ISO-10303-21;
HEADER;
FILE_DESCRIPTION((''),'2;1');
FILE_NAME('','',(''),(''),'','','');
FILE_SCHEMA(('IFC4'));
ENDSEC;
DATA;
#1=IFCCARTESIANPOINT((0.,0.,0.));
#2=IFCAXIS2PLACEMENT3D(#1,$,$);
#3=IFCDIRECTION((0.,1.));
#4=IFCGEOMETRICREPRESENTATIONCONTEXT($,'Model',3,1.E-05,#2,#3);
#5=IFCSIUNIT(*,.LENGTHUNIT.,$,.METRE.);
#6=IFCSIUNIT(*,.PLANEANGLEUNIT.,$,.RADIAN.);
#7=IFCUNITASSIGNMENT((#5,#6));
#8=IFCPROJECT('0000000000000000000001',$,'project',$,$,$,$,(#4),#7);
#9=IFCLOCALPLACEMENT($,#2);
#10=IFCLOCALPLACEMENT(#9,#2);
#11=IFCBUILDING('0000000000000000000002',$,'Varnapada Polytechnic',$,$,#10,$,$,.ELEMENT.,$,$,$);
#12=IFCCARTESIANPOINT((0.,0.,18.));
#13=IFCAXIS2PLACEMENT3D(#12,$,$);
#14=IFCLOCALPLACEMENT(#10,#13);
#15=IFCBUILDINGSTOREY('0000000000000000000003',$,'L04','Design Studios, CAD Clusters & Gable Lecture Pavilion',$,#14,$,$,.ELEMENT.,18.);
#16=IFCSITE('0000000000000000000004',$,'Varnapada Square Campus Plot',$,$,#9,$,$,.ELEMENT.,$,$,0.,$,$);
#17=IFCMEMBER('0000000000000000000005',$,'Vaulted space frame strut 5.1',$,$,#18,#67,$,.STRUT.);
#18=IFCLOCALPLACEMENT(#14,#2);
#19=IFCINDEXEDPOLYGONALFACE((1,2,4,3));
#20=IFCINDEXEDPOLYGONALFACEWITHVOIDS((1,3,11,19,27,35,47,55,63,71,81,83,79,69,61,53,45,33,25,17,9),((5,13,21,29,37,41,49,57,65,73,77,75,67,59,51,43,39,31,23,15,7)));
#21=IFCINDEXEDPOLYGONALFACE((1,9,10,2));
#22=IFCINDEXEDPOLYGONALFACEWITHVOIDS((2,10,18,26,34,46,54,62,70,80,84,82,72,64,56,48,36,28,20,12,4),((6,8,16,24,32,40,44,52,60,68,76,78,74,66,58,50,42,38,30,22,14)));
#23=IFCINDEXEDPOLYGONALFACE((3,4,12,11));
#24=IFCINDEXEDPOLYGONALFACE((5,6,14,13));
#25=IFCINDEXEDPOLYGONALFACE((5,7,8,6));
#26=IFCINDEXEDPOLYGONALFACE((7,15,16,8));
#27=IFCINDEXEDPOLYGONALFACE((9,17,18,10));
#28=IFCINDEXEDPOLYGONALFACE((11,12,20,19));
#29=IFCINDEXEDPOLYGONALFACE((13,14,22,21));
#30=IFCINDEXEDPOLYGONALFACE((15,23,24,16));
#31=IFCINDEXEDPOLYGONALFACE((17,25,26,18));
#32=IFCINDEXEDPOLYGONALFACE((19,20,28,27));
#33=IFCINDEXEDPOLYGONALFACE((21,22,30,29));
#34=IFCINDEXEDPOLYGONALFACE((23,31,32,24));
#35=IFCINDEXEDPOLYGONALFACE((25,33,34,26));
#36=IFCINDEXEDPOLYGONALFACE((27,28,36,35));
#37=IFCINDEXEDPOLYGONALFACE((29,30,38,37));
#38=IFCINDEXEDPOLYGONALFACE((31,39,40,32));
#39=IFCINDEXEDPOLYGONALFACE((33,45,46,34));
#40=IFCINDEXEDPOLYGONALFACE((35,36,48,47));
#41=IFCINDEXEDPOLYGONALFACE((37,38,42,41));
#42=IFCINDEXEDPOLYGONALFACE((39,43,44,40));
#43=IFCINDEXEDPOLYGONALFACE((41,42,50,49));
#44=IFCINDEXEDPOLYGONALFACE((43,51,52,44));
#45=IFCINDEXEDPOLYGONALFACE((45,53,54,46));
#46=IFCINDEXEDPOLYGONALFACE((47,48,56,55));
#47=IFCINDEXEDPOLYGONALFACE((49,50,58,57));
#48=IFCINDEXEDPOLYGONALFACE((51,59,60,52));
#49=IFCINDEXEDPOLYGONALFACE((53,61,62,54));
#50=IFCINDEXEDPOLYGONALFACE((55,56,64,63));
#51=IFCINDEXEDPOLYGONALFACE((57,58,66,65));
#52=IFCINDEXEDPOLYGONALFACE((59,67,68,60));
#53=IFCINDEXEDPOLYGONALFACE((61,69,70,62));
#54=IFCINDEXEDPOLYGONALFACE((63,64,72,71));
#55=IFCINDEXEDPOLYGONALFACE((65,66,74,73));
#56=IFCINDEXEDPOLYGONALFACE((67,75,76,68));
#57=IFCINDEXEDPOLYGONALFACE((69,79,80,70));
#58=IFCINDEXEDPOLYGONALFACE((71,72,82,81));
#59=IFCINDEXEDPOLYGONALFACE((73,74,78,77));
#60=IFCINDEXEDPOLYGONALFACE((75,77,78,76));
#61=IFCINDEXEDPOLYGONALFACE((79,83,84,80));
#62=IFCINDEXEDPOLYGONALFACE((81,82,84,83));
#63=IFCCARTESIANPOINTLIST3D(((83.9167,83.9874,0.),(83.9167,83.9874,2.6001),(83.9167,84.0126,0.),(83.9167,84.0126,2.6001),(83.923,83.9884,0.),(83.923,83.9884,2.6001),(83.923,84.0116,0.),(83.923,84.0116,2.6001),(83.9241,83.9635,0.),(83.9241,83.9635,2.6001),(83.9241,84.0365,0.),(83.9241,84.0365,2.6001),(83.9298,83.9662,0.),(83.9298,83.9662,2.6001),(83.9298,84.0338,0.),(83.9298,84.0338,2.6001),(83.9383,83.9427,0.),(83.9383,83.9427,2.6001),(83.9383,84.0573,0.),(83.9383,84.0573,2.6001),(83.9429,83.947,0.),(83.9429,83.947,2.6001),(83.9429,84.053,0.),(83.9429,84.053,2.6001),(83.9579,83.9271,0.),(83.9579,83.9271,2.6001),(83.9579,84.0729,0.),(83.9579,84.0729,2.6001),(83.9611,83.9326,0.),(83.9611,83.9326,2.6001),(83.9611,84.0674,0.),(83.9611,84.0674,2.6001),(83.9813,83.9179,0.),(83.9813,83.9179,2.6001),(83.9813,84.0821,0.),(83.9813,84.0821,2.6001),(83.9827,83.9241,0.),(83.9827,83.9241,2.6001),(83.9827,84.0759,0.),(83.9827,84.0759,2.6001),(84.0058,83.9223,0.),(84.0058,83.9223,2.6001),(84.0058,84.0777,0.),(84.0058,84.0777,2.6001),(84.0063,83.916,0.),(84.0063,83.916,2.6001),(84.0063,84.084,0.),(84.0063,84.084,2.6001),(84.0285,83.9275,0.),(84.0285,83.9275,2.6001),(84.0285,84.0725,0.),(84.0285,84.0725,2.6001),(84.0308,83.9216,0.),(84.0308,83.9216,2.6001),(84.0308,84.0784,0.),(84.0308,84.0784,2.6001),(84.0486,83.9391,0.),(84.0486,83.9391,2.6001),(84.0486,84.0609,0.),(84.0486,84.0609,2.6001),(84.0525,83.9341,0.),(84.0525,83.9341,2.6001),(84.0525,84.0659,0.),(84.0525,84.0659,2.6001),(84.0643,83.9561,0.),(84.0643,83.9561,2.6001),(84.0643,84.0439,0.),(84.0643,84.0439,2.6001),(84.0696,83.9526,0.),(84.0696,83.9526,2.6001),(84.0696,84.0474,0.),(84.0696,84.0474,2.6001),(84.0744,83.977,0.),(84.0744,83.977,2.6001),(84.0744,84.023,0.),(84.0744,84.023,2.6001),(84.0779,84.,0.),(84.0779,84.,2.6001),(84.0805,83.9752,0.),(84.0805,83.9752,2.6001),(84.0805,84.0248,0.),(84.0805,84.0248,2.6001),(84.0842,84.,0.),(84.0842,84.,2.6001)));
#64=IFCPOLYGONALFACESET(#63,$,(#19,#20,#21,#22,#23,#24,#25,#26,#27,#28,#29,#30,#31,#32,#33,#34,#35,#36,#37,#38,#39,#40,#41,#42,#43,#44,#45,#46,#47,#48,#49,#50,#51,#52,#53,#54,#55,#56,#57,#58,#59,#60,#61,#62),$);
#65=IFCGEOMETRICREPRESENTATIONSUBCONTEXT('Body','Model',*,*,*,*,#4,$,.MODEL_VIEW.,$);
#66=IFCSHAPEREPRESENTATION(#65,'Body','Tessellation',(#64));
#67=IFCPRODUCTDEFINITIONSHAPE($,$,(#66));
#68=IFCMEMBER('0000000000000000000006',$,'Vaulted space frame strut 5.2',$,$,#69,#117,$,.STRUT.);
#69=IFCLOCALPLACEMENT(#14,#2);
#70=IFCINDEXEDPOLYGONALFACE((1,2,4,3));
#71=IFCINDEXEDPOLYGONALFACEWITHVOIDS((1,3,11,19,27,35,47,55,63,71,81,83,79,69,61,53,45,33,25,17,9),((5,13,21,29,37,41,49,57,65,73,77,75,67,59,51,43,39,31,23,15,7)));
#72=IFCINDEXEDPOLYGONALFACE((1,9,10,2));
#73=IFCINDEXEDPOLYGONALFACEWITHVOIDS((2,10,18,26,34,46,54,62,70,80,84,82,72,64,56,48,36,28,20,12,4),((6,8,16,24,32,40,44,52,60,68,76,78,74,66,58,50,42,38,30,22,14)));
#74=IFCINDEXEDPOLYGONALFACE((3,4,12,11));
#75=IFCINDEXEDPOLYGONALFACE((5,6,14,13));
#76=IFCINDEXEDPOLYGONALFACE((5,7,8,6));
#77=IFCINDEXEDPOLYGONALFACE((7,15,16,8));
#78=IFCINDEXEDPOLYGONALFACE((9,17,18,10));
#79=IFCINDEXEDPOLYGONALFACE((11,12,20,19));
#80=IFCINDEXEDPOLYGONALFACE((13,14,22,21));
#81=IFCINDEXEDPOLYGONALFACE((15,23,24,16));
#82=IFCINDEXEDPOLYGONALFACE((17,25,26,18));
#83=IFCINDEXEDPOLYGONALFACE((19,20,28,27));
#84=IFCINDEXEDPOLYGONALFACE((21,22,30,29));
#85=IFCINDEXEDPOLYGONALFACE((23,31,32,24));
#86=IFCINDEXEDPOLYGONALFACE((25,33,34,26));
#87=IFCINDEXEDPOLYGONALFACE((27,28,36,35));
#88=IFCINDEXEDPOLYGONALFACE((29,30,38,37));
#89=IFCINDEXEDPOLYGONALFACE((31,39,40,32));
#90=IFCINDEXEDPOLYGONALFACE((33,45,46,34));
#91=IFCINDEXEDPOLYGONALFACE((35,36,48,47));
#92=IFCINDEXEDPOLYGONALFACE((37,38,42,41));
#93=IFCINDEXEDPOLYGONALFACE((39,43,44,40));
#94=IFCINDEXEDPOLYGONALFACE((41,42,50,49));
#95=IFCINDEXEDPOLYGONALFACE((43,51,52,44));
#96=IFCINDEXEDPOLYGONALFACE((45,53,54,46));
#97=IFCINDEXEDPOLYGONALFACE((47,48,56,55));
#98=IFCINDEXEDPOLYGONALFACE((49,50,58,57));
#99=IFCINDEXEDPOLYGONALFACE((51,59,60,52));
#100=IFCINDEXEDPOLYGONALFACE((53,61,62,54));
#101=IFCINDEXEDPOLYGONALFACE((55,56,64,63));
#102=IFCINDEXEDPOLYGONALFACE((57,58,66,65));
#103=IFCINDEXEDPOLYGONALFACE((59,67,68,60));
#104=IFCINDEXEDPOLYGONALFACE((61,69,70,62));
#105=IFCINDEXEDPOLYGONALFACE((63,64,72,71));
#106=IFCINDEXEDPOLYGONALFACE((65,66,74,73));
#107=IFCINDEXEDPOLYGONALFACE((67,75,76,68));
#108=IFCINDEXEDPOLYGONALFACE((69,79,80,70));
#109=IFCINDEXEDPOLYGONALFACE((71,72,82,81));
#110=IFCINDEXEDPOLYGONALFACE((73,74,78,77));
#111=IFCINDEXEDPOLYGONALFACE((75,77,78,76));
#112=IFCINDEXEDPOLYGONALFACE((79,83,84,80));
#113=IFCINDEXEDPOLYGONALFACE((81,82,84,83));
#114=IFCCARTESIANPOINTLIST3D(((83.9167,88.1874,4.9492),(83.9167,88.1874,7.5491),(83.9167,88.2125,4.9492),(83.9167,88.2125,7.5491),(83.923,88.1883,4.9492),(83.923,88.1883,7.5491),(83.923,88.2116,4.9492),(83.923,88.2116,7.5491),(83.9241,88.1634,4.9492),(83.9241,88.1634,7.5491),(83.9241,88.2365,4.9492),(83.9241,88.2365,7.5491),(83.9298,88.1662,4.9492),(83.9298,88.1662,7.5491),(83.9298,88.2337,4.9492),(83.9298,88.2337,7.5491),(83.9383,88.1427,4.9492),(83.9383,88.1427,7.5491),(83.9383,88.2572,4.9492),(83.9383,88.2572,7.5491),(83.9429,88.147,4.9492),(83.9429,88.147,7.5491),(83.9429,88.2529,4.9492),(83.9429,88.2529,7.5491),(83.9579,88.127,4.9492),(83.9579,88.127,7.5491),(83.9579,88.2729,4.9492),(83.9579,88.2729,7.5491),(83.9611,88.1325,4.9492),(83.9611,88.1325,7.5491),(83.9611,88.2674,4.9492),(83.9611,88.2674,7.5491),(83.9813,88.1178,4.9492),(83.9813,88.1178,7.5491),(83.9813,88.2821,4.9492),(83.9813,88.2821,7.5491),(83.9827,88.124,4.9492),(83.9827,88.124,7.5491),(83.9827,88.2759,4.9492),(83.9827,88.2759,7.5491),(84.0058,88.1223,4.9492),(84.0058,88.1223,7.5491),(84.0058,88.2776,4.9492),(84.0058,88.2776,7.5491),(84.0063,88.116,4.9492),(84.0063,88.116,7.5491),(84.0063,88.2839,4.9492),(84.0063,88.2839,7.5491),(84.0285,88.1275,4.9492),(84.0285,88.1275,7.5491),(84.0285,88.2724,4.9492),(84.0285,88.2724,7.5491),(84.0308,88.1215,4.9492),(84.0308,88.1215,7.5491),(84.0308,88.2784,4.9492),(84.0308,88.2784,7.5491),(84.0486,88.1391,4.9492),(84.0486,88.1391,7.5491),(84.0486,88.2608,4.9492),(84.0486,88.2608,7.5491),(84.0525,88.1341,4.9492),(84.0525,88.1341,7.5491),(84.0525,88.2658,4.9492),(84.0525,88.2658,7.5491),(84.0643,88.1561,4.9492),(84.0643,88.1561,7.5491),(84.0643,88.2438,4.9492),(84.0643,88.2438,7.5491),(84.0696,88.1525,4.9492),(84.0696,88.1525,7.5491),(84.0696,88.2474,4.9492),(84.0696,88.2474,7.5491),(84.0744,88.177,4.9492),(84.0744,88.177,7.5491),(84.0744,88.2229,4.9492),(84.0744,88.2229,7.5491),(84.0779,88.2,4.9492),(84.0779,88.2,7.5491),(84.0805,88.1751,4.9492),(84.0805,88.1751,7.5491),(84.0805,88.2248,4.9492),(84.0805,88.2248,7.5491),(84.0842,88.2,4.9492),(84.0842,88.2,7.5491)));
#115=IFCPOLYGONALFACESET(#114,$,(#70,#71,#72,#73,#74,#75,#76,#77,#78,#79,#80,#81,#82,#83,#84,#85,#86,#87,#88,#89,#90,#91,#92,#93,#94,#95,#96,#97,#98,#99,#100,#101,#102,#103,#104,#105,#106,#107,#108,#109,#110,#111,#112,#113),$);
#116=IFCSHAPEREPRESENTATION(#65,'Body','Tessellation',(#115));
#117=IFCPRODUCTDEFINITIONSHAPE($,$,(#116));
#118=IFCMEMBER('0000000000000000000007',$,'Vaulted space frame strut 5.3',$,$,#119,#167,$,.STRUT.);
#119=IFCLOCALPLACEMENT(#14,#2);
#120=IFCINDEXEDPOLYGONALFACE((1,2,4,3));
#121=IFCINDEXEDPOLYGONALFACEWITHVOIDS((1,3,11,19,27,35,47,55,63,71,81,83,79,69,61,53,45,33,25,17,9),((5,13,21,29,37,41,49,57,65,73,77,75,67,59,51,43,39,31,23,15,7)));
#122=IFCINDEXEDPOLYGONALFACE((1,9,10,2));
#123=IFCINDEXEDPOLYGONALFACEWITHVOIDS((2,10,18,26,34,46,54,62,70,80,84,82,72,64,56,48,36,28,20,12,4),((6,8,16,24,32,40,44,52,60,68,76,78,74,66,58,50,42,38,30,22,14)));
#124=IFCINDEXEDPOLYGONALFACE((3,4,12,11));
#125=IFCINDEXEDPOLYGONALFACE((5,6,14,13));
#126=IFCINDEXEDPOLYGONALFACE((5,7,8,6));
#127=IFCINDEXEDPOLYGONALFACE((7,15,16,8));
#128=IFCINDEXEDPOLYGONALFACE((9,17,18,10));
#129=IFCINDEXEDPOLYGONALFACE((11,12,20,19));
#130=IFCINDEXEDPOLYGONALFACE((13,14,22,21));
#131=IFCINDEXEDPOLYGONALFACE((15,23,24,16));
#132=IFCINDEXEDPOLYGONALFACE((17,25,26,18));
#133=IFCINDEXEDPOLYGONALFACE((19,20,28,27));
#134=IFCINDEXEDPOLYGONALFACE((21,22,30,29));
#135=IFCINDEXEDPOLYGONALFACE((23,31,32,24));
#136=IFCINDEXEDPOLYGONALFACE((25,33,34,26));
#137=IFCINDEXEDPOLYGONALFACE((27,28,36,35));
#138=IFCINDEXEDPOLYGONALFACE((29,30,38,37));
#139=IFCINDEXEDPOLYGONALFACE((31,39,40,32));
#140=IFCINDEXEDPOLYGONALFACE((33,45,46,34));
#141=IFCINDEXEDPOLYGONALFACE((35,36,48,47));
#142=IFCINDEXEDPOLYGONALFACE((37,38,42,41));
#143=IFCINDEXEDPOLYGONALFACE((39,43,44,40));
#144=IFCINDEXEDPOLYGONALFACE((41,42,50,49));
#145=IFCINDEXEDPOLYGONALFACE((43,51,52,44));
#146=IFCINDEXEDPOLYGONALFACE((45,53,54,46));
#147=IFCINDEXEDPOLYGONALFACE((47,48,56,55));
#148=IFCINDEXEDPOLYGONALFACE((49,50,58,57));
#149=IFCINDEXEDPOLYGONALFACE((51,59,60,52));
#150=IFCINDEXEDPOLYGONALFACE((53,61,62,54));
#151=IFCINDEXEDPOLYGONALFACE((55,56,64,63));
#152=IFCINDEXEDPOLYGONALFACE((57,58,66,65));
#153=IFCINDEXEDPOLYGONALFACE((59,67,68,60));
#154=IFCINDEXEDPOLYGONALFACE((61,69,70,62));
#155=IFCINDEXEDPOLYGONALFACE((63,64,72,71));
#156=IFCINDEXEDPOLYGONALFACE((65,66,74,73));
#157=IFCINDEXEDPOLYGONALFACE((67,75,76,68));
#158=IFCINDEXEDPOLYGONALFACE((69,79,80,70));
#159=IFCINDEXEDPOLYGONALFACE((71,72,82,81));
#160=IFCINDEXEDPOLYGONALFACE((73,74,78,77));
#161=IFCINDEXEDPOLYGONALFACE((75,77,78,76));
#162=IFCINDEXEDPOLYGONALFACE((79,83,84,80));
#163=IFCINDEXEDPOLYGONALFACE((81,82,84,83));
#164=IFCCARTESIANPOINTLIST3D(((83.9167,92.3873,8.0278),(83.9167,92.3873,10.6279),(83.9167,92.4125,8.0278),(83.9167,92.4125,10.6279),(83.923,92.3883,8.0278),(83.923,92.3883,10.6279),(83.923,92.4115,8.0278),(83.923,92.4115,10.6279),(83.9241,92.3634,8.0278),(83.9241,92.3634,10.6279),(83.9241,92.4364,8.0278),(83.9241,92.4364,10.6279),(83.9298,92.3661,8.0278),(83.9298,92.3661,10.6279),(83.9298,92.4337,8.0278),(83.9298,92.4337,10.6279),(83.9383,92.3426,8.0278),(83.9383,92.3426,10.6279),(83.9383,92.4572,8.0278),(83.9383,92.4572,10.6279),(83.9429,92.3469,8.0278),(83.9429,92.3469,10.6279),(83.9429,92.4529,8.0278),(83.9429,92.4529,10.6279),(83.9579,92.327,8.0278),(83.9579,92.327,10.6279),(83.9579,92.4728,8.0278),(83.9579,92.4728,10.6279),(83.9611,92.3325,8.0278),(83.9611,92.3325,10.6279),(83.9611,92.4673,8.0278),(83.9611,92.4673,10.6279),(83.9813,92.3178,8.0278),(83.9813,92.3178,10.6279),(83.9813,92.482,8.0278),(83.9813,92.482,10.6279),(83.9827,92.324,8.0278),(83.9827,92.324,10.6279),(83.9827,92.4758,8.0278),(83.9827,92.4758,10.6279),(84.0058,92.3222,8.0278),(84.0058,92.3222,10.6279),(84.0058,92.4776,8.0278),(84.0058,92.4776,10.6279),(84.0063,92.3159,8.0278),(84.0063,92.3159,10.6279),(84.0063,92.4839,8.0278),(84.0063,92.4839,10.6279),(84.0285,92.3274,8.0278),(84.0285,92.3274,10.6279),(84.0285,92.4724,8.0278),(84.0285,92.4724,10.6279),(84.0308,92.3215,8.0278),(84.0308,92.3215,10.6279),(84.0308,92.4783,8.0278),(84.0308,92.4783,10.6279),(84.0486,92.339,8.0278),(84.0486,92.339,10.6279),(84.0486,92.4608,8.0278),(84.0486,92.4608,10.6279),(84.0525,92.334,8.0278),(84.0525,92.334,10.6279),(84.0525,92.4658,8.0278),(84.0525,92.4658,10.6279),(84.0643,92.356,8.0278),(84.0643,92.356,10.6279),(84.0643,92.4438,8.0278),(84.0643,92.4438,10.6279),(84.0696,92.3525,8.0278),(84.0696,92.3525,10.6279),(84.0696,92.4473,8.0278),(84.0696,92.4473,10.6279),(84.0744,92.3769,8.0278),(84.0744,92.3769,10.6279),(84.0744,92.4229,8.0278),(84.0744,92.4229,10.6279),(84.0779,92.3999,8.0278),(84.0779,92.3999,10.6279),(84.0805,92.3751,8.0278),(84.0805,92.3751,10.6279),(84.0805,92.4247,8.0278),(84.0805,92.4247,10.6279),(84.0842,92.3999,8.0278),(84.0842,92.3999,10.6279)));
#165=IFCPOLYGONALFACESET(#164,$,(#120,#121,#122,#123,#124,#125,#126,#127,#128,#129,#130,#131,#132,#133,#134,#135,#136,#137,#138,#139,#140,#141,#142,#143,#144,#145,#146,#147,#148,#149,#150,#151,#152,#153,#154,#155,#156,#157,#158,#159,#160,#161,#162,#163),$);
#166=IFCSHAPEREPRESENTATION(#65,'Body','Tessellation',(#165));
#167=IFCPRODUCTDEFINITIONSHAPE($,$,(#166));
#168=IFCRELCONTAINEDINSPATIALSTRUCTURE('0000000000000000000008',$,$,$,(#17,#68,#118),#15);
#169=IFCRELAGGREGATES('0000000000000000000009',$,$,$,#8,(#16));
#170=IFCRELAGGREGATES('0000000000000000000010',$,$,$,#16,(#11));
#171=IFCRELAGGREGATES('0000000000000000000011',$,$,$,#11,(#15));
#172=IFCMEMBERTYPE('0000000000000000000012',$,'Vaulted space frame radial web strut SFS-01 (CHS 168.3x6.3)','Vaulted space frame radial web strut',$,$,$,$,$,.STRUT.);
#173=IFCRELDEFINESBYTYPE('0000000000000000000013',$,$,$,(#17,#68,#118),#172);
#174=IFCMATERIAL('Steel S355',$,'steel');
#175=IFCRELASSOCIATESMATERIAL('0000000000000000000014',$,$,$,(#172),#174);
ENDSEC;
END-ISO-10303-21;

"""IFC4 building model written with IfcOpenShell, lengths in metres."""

from ifc_helpers import new_model, si_unit, direction, frame, origin, origin_2d, place, context, subcontext, project, spatial, hollow_circle, extrude, material, material_profile, profile_set, type_object, element, save


model = new_model("IFC4")

# Units and contexts
model_context = context("Model", 3, precision=1e-05, world=origin(), true_north=direction((0.0, 1.0)))
body_context = subcontext(model_context, "Body", "Model", "MODEL_VIEW")
ifc_project = project(units=[si_unit("LENGTHUNIT", "METRE"), si_unit("PLANEANGLEUNIT", "RADIAN")], contexts=[model_context])

# Site, building, storey
site_placement = place(None, origin())
site = spatial("IfcSite", under=ifc_project, at=site_placement, Name="Varnapada Square Campus Plot", CompositionType="ELEMENT", RefElevation=0.0)
building_placement = place(site_placement, origin())
building = spatial("IfcBuilding", under=site, at=building_placement, Name="Varnapada Polytechnic", CompositionType="ELEMENT")
storey_placement = place(building_placement, frame((0.0, 0.0, 18.0)))
storey = spatial("IfcBuildingStorey", under=building, at=storey_placement, Name="L04", Description="Design Studios, CAD Clusters & Gable Lecture Pavilion", CompositionType="ELEMENT", Elevation=18.0)

# Shared definitions
ifc_material = material(Name="Steel S355", Category="steel")

# Members
ifc_material_profile_1 = material_profile(ifc_material, hollow_circle(Radius=0.0842, WallThickness=0.0063, at=origin_2d()), Name="CHS 168.3x6.3")
ifc_profile_set_1 = profile_set([ifc_material_profile_1], Name="Steel S355")
member_type_1 = type_object("IfcMemberType", Name="Vaulted space frame radial web strut SFS-01 (CHS 168.3x6.3)", Description="Vaulted space frame radial web strut", PredefinedType="STRUT", material=ifc_profile_set_1)
member_1_placement = place(storey_placement, frame((84.0, 84.0, 0.0), z_axis=(0.0, 0.0, 1.0), x_axis=(1.0, 0.0, 0.0)))
element("IfcMember", 1, at=member_1_placement, inside=storey, type_object=member_type_1, Name="Vaulted space frame strut 5.1", PredefinedType="STRUT", context=body_context, shape_type="SweptSolid", body=[
    extrude(hollow_circle(Radius=0.0842, WallThickness=0.0063, at=origin_2d()), origin(), (0.0, 0.0, 1.0), 2.6001),
])
member_2_placement = place(storey_placement, frame((84.0, 88.2, 4.9492), z_axis=(0.0, 0.0, 1.0), x_axis=(1.0, 0.0, 0.0)))
element("IfcMember", 2, at=member_2_placement, inside=storey, type_object=member_type_1, Name="Vaulted space frame strut 5.2", PredefinedType="STRUT", context=body_context, shape_type="SweptSolid", body=[
    extrude(hollow_circle(Radius=0.0842, WallThickness=0.0063, at=origin_2d()), origin(), (0.0, 0.0, 1.0), 2.5999),
])
for number, where, z_axis, x_axis, name in (
    (3, (84.0, 92.3999, 8.0278), (0.0, 0.0, 1.0), (1.0, 0.0, 0.0), "Vaulted space frame strut 5.3"),
):
    element("IfcMember", number, at=place(storey_placement, frame(where, z_axis=z_axis, x_axis=x_axis)), inside=storey, type_object=member_type_1, Name=name, PredefinedType="STRUT", context=body_context, shape_type="SweptSolid", body=[
        extrude(hollow_circle(Radius=0.0842, WallThickness=0.0063, at=origin_2d()), origin(), (0.0, 0.0, 1.0), 2.6001),
    ])

save(model, "model.ifc")
